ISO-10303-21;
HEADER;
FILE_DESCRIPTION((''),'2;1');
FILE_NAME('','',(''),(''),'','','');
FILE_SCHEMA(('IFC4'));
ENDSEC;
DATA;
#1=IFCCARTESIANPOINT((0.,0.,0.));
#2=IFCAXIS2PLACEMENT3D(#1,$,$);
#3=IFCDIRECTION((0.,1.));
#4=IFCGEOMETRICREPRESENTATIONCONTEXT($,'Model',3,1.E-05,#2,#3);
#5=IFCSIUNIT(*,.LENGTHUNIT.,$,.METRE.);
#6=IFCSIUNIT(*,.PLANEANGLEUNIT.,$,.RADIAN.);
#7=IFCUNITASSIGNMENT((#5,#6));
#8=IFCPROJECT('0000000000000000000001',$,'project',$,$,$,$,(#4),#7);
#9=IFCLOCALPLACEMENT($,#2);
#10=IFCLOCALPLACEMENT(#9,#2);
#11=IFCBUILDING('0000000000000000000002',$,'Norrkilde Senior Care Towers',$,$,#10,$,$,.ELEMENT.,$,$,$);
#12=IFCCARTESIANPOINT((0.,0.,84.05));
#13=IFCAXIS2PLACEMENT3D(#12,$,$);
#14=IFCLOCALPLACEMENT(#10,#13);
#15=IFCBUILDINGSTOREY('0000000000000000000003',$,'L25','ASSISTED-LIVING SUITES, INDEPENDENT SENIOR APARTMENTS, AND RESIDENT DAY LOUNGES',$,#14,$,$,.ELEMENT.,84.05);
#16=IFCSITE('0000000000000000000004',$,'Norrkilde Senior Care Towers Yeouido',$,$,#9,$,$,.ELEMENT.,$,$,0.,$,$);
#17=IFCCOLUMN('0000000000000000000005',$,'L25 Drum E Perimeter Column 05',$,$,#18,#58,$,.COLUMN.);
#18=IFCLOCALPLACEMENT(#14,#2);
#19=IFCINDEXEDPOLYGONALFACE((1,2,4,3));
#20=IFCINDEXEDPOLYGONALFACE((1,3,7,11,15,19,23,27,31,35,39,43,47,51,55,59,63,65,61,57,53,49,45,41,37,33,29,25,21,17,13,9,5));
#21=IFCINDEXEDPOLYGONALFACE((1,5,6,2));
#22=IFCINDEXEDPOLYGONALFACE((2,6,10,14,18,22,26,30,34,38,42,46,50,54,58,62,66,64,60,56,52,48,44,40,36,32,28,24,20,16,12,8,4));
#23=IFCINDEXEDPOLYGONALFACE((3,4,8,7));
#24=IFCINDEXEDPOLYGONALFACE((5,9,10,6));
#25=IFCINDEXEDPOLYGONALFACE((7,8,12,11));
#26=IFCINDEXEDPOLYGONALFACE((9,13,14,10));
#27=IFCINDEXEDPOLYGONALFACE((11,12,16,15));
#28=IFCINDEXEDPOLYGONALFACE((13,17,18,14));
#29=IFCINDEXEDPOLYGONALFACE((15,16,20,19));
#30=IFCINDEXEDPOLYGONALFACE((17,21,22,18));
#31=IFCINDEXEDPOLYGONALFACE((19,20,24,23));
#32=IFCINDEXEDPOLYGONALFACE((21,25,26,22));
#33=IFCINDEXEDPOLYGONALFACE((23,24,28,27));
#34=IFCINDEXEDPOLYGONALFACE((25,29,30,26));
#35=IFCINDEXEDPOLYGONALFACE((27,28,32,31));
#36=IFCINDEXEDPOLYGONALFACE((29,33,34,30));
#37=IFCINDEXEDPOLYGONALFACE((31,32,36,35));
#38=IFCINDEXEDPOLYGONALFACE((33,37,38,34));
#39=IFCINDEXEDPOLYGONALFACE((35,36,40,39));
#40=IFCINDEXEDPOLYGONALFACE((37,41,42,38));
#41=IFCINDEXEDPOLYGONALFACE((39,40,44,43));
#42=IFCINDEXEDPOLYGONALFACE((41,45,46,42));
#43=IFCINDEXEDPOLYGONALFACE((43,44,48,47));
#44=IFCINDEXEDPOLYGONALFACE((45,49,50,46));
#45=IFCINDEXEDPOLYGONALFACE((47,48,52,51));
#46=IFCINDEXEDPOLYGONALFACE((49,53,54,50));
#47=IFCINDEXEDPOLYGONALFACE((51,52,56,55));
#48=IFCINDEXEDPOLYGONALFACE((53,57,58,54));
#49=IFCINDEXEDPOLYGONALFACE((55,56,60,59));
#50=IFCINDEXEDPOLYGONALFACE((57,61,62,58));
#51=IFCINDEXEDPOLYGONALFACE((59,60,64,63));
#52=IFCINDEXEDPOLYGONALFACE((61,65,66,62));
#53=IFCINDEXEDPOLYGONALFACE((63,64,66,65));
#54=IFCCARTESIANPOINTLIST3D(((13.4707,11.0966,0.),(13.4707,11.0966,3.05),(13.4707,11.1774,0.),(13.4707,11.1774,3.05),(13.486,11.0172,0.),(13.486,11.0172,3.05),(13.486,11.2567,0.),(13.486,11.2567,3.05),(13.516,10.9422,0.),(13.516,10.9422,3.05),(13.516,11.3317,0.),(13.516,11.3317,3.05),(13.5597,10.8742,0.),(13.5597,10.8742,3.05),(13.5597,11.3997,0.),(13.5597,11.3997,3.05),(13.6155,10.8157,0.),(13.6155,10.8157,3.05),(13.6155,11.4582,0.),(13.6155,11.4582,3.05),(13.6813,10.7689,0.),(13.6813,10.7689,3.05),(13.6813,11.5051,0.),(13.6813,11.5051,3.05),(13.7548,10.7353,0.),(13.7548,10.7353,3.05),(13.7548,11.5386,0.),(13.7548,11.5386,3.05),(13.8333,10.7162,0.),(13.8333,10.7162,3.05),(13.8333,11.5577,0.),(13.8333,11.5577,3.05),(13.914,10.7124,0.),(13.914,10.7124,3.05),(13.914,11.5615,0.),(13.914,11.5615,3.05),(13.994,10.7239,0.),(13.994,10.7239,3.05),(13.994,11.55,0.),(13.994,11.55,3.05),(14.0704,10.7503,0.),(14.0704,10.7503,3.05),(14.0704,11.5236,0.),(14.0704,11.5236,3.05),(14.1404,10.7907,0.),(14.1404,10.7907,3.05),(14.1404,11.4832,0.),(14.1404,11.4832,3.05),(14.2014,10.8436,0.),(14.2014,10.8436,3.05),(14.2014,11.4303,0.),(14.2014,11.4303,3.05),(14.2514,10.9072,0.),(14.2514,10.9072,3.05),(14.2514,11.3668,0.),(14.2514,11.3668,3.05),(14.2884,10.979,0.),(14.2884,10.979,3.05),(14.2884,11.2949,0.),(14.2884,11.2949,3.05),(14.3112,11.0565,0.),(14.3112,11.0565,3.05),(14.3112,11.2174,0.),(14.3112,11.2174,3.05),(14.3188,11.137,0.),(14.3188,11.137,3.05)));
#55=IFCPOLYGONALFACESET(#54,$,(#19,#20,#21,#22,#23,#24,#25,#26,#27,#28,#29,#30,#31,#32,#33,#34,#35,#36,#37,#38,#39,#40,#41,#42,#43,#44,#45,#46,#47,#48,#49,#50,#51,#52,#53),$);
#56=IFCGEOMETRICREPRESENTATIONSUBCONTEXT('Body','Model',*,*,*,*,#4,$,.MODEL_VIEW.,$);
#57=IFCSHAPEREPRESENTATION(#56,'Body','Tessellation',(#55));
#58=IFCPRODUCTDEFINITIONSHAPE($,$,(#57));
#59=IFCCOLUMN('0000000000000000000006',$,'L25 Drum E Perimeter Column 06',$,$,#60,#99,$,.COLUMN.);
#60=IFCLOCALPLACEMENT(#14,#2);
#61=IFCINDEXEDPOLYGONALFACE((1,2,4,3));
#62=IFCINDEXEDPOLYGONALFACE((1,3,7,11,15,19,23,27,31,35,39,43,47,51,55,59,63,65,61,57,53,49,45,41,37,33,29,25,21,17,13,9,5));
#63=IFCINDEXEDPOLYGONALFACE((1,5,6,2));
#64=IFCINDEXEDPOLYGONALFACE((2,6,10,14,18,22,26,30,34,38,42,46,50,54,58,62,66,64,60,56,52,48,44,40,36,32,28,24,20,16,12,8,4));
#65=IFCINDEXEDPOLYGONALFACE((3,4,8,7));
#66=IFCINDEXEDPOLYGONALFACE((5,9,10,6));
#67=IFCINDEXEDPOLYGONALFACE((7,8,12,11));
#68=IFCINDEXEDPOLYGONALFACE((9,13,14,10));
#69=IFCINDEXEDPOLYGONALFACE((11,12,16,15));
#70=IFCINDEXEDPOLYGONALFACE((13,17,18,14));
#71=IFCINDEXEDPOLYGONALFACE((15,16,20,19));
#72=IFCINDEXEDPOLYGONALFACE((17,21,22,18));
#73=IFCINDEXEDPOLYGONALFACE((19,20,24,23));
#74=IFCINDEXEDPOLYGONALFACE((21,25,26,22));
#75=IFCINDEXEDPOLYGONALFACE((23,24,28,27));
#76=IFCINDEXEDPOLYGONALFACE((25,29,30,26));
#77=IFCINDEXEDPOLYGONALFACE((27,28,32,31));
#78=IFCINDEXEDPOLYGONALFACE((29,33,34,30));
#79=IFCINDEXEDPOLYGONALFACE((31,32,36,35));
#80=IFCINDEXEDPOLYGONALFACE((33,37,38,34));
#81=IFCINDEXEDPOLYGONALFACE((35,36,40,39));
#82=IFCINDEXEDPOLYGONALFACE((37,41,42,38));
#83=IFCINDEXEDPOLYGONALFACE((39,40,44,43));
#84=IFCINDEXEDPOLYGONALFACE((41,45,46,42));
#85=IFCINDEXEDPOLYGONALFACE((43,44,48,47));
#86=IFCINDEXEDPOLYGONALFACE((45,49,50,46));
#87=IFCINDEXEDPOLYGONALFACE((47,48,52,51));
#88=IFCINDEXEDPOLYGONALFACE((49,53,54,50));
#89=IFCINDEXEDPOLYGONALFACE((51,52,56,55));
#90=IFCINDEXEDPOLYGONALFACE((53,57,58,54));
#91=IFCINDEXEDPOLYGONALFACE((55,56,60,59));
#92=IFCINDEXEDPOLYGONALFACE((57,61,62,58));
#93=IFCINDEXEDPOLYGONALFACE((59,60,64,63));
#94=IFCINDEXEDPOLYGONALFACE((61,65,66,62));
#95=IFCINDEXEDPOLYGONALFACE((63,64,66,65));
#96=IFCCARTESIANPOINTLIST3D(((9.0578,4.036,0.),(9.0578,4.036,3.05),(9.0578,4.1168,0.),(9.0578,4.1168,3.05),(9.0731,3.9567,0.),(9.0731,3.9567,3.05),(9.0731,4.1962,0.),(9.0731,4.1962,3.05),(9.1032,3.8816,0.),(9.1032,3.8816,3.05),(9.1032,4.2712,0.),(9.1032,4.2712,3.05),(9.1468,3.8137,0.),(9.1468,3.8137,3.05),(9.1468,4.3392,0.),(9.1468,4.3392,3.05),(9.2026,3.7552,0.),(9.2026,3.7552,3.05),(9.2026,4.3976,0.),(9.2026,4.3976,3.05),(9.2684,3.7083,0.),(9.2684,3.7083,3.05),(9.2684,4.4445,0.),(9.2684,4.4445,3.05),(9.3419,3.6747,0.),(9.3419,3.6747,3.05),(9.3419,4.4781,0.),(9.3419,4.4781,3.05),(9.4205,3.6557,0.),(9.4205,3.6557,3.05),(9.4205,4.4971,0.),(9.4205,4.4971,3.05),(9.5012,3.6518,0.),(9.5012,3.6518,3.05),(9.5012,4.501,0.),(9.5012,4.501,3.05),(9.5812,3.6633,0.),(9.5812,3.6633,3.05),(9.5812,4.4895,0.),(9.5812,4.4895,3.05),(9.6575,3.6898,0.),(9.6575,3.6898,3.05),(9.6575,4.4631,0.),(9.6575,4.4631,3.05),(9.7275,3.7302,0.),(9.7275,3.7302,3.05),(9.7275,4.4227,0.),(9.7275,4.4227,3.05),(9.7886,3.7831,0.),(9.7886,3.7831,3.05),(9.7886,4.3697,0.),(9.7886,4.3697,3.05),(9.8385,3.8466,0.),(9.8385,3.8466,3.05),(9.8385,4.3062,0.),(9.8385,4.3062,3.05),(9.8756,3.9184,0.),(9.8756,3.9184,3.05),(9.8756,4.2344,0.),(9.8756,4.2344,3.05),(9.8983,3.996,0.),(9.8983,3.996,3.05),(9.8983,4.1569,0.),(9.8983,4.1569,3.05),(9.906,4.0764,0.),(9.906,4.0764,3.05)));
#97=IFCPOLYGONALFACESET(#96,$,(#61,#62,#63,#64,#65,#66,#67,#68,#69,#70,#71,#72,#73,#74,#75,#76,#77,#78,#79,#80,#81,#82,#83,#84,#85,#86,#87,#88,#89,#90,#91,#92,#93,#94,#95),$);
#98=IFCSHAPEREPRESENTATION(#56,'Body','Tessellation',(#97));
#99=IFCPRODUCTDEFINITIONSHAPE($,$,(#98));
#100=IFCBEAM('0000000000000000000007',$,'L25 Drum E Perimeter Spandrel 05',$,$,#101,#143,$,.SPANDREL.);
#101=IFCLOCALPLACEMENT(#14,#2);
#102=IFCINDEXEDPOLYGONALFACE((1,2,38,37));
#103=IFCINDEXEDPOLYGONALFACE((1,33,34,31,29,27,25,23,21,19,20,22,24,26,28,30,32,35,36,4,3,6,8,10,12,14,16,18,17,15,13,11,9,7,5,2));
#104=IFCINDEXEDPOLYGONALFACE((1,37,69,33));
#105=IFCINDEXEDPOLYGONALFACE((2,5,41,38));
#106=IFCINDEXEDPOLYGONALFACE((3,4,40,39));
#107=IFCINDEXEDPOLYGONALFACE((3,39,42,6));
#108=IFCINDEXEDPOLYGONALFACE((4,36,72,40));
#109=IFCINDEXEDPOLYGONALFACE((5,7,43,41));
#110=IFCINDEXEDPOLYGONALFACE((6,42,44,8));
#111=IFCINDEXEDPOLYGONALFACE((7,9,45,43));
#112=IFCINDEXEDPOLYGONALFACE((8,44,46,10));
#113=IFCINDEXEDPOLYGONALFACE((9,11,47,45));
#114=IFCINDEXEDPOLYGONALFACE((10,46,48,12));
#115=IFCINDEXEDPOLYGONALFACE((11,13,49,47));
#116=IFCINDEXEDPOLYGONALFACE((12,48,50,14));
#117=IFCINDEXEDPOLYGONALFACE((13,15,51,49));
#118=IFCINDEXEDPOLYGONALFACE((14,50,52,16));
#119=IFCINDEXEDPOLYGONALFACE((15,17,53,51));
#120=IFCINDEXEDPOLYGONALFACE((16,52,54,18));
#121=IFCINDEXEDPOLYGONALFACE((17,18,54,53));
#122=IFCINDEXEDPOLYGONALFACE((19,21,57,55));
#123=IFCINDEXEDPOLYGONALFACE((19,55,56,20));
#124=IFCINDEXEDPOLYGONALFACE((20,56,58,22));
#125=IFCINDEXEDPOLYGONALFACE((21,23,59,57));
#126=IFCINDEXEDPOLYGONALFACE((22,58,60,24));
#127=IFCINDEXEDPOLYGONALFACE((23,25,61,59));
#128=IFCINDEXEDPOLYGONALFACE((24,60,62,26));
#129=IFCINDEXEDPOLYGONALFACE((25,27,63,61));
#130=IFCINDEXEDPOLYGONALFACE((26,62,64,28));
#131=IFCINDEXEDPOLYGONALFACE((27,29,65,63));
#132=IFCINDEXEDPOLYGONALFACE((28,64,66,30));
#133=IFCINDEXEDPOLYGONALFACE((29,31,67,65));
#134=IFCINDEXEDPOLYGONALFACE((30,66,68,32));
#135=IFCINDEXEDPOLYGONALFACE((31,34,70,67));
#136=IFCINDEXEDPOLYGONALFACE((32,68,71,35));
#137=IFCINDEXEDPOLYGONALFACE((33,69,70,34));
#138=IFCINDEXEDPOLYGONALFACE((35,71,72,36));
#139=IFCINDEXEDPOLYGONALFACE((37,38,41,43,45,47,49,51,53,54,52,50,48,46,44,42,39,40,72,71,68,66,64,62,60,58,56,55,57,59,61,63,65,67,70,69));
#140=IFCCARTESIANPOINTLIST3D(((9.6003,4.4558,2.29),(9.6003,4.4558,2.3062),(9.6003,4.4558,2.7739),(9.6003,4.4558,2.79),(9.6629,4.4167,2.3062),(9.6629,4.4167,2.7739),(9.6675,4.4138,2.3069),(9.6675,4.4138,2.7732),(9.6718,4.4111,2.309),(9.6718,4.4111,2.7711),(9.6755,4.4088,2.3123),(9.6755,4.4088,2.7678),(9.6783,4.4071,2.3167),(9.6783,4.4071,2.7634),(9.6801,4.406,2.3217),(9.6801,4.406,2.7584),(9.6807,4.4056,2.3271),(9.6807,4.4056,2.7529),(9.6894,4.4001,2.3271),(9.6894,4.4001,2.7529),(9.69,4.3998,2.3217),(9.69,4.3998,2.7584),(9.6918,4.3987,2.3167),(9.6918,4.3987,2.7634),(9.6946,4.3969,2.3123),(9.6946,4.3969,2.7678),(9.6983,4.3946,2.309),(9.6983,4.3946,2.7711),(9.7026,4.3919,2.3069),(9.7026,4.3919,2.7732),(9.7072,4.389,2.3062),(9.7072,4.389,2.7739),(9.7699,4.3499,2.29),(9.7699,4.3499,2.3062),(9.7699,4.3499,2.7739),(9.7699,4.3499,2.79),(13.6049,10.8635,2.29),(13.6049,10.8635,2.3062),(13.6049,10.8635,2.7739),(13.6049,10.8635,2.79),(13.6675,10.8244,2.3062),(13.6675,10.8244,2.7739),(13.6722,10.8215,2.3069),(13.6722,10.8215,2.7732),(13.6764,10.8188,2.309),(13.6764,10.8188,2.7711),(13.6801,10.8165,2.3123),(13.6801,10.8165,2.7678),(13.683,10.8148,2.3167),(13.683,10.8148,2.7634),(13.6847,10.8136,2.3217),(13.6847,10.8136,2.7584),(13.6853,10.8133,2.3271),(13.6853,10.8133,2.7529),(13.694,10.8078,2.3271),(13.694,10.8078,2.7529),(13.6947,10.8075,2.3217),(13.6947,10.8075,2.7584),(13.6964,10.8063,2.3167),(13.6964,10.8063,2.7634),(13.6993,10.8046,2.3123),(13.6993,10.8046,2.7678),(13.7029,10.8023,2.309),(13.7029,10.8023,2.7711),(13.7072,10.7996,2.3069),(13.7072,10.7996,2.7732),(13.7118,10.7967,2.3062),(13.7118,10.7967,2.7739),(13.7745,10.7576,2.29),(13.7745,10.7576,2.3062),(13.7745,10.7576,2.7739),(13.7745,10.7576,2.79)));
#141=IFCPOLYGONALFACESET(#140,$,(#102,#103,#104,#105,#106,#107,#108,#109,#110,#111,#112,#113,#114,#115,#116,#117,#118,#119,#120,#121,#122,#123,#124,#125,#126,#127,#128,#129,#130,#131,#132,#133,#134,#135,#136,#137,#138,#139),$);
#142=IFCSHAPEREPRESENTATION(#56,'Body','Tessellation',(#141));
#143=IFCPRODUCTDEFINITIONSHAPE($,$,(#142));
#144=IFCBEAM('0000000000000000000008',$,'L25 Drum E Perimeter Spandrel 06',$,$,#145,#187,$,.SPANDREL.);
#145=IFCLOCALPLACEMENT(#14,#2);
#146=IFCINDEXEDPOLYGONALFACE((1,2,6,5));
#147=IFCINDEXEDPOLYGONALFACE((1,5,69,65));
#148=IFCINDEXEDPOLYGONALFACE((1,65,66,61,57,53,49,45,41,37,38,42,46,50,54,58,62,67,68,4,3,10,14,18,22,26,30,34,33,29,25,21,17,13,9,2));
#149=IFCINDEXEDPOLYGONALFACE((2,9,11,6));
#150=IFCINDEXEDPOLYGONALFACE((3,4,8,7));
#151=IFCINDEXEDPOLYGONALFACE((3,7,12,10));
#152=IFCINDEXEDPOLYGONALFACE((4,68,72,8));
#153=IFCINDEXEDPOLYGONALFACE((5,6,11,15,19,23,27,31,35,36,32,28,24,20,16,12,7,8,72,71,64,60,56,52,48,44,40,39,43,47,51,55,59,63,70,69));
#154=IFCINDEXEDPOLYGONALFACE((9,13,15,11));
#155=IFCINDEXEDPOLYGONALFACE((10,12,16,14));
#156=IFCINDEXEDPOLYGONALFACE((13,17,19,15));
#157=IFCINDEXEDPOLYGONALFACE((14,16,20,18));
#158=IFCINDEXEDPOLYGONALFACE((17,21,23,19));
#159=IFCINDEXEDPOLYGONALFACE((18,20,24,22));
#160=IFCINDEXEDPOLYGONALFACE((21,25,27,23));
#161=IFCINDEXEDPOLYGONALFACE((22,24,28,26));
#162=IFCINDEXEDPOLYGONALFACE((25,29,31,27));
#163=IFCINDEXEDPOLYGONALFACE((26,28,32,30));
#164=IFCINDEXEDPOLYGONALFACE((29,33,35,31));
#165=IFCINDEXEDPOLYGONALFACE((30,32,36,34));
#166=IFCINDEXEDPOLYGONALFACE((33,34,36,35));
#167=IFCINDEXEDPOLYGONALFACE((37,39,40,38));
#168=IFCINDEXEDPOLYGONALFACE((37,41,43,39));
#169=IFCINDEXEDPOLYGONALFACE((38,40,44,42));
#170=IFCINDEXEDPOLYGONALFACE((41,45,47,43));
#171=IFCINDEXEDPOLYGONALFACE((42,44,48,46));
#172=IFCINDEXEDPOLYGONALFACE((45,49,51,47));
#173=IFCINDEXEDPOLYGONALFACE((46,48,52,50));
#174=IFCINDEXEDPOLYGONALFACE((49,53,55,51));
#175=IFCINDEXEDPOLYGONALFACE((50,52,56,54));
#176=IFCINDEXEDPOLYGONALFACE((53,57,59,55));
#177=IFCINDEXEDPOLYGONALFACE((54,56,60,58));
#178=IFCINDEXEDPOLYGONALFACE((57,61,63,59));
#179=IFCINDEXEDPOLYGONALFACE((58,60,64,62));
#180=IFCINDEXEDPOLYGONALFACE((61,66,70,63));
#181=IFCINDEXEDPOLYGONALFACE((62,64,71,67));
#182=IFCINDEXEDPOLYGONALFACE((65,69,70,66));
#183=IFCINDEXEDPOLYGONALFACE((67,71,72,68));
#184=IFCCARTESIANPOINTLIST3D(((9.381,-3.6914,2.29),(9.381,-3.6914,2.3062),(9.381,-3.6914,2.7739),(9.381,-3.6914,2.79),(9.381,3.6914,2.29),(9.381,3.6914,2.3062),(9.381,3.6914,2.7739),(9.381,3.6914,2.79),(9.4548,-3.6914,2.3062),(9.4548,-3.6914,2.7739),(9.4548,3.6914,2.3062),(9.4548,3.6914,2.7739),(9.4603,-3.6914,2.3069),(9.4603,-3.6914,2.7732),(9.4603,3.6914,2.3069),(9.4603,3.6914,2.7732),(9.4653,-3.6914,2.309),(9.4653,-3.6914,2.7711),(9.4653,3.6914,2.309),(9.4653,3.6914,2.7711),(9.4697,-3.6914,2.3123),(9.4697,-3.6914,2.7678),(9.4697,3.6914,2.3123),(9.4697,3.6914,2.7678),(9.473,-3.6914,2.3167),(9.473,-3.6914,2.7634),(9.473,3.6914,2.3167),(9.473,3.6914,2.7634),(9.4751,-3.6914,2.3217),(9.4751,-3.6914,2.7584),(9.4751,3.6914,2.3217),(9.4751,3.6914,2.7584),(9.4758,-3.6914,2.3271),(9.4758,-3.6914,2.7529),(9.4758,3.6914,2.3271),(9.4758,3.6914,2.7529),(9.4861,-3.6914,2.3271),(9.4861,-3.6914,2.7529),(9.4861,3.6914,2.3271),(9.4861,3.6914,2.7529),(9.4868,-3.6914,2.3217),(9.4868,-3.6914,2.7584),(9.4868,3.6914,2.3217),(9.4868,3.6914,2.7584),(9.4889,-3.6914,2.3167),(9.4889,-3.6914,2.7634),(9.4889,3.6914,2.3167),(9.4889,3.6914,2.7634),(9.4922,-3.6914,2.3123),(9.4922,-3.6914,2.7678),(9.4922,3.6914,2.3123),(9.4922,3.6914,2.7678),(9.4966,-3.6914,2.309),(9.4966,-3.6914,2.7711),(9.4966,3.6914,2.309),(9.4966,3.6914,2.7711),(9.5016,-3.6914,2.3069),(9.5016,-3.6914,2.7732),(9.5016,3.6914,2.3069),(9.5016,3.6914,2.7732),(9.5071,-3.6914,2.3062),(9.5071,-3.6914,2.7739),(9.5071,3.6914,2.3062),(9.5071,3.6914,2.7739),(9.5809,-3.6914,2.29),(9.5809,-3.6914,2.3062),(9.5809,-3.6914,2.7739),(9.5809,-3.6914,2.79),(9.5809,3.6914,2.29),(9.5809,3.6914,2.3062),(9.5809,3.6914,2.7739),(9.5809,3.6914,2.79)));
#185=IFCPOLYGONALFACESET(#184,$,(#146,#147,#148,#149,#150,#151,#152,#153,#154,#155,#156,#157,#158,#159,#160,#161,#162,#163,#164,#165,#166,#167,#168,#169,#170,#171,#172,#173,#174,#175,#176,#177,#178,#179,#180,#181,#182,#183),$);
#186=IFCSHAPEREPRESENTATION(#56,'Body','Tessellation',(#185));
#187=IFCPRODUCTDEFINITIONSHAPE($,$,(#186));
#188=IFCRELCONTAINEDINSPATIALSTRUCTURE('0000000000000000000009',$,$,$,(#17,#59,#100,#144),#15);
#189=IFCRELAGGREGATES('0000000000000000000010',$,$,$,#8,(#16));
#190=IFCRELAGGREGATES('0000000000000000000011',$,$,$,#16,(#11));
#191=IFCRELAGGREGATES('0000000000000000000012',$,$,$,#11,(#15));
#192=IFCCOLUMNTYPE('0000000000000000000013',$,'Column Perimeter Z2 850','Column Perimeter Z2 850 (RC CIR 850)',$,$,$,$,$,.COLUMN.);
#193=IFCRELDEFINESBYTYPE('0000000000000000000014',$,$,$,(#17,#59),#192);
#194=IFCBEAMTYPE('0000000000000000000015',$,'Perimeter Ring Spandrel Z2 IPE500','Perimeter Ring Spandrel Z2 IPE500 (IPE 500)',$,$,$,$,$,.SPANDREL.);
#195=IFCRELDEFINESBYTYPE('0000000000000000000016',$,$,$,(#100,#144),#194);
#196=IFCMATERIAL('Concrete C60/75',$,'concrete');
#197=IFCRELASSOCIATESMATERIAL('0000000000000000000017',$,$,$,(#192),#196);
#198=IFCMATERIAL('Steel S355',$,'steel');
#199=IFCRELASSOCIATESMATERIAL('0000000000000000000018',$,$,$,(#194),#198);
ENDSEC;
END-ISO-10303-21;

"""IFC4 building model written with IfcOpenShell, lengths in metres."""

from ifc_helpers import new_model, si_unit, direction, frame, origin, origin_2d, place, context, subcontext, project, spatial, circle, i_section, extrude, source, transform, mapped, material, material_profile, profile_set, type_object, type_shapes, element, save


model = new_model("IFC4")

# Units and contexts
model_context = context("Model", 3, precision=1e-05, world=origin(), true_north=direction((0.0, 1.0)))
body_context = subcontext(model_context, "Body", "Model", "MODEL_VIEW")
ifc_project = project(units=[si_unit("LENGTHUNIT", "METRE"), si_unit("PLANEANGLEUNIT", "RADIAN")], contexts=[model_context])

# Site, building, storey
site_placement = place(None, origin())
site = spatial("IfcSite", under=ifc_project, at=site_placement, Name="Norrkilde Senior Care Towers Yeouido", CompositionType="ELEMENT", RefElevation=0.0)
building_placement = place(site_placement, origin())
building = spatial("IfcBuilding", under=site, at=building_placement, Name="Norrkilde Senior Care Towers", CompositionType="ELEMENT")
storey_placement = place(building_placement, frame((0.0, 0.0, 84.05)))
storey = spatial("IfcBuildingStorey", under=building, at=storey_placement, Name="L25", Description="ASSISTED-LIVING SUITES, INDEPENDENT SENIOR APARTMENTS, AND RESIDENT DAY LOUNGES", CompositionType="ELEMENT", Elevation=84.05)

# Columns
ifc_material_1 = material(Name="Concrete C60/75", Category="concrete")
ifc_material_profile_1 = material_profile(ifc_material_1, circle(Radius=0.425, at=origin_2d()), Name="RC CIR 850")
ifc_profile_set_1 = profile_set([ifc_material_profile_1], Name="Concrete C60/75")
column_type = type_object("IfcColumnType", Name="Column Perimeter Z2 850", Description="Column Perimeter Z2 850 (RC CIR 850)", PredefinedType="COLUMN", material=ifc_profile_set_1)
shared_shape_1 = source(origin(), body_context, "Body", "SweptSolid", [
    extrude(circle(Radius=0.425, at=origin_2d()), origin(), (0.0, 0.0, 1.0), 3.05),
])
type_shapes(column_type, [shared_shape_1])
for number, where, z_axis, x_axis, name in (
    (1, (13.8938, 11.137, 0.0), (0.0, 0.0, 1.0), (1.0, 0.0, 0.0), "L25 Drum E Perimeter Column 05"),
    (2, (9.481, 4.0764, 0.0), (0.0, 0.0, 1.0), (1.0, 0.0, 0.0), "L25 Drum E Perimeter Column 06"),
):
    element("IfcColumn", number, at=place(storey_placement, frame(where, z_axis=z_axis, x_axis=x_axis)), inside=storey, type_object=column_type, Name=name, PredefinedType="COLUMN", context=body_context, shape_type="MappedRepresentation", body=[
        mapped(shared_shape_1, transform((0.0, 0.0, 0.0), x_axis=(1.0, 0.0, 0.0), y_axis=(0.0, 1.0, 0.0), z_axis=(0.0, 0.0, 1.0), scale=1.0)),
    ])

# Beams
ifc_material_2 = material(Name="Steel S355", Category="steel")
ifc_material_profile_2 = material_profile(ifc_material_2, i_section(OverallWidth=0.2, OverallDepth=0.5, WebThickness=0.0103, FlangeThickness=0.0161, FilletRadius=0.021, at=origin_2d()), Name="IPE 500")
ifc_profile_set_2 = profile_set([ifc_material_profile_2], Name="Steel S355")
beam_type = type_object("IfcBeamType", Name="Perimeter Ring Spandrel Z2 IPE500", Description="Perimeter Ring Spandrel Z2 IPE500 (IPE 500)", PredefinedType="SPANDREL", material=ifc_profile_set_2)
shared_shape_2 = source(origin(), body_context, "Body", "SweptSolid", [
    extrude(i_section(OverallWidth=0.2, OverallDepth=0.5, WebThickness=0.0103, FlangeThickness=0.0161, FilletRadius=0.021, at=origin_2d()), origin(), (0.0, 0.0, 1.0), 7.5562),
])
beam_1_placement = place(storey_placement, frame((13.6897, 10.8105, 2.54), z_axis=(-0.529982, -0.848009, 0.0), x_axis=(0.848009, -0.529982, 0.0)))
element("IfcBeam", 3, at=beam_1_placement, inside=storey, type_object=beam_type, Name="L25 Drum E Perimeter Spandrel 05", PredefinedType="SPANDREL", context=body_context, shape_type="MappedRepresentation", body=[
    mapped(shared_shape_2, transform((0.0, 0.0, 0.0), x_axis=(1.0, 0.0, 0.0), y_axis=(0.0, 1.0, 0.0), z_axis=(0.0, 0.0, 1.0), scale=1.0)),
])
shared_shape_3 = source(origin(), body_context, "Body", "SweptSolid", [
    extrude(i_section(OverallWidth=0.2, OverallDepth=0.5, WebThickness=0.0103, FlangeThickness=0.0161, FilletRadius=0.021, at=origin_2d()), origin(), (0.0, 0.0, 1.0), 7.3828),
])
type_shapes(beam_type, [shared_shape_2, shared_shape_3])
beam_2_placement = place(storey_placement, frame((9.481, 3.6914, 2.54), z_axis=(0.0, -1.0, 0.0), x_axis=(1.0, 0.0, 0.0)))
element("IfcBeam", 4, at=beam_2_placement, inside=storey, type_object=beam_type, Name="L25 Drum E Perimeter Spandrel 06", PredefinedType="SPANDREL", context=body_context, shape_type="MappedRepresentation", body=[
    mapped(shared_shape_3, transform((0.0, 0.0, 0.0), x_axis=(1.0, 0.0, 0.0), y_axis=(0.0, 1.0, 0.0), z_axis=(0.0, 0.0, 1.0), scale=1.0)),
])

save(model, "model.ifc")
